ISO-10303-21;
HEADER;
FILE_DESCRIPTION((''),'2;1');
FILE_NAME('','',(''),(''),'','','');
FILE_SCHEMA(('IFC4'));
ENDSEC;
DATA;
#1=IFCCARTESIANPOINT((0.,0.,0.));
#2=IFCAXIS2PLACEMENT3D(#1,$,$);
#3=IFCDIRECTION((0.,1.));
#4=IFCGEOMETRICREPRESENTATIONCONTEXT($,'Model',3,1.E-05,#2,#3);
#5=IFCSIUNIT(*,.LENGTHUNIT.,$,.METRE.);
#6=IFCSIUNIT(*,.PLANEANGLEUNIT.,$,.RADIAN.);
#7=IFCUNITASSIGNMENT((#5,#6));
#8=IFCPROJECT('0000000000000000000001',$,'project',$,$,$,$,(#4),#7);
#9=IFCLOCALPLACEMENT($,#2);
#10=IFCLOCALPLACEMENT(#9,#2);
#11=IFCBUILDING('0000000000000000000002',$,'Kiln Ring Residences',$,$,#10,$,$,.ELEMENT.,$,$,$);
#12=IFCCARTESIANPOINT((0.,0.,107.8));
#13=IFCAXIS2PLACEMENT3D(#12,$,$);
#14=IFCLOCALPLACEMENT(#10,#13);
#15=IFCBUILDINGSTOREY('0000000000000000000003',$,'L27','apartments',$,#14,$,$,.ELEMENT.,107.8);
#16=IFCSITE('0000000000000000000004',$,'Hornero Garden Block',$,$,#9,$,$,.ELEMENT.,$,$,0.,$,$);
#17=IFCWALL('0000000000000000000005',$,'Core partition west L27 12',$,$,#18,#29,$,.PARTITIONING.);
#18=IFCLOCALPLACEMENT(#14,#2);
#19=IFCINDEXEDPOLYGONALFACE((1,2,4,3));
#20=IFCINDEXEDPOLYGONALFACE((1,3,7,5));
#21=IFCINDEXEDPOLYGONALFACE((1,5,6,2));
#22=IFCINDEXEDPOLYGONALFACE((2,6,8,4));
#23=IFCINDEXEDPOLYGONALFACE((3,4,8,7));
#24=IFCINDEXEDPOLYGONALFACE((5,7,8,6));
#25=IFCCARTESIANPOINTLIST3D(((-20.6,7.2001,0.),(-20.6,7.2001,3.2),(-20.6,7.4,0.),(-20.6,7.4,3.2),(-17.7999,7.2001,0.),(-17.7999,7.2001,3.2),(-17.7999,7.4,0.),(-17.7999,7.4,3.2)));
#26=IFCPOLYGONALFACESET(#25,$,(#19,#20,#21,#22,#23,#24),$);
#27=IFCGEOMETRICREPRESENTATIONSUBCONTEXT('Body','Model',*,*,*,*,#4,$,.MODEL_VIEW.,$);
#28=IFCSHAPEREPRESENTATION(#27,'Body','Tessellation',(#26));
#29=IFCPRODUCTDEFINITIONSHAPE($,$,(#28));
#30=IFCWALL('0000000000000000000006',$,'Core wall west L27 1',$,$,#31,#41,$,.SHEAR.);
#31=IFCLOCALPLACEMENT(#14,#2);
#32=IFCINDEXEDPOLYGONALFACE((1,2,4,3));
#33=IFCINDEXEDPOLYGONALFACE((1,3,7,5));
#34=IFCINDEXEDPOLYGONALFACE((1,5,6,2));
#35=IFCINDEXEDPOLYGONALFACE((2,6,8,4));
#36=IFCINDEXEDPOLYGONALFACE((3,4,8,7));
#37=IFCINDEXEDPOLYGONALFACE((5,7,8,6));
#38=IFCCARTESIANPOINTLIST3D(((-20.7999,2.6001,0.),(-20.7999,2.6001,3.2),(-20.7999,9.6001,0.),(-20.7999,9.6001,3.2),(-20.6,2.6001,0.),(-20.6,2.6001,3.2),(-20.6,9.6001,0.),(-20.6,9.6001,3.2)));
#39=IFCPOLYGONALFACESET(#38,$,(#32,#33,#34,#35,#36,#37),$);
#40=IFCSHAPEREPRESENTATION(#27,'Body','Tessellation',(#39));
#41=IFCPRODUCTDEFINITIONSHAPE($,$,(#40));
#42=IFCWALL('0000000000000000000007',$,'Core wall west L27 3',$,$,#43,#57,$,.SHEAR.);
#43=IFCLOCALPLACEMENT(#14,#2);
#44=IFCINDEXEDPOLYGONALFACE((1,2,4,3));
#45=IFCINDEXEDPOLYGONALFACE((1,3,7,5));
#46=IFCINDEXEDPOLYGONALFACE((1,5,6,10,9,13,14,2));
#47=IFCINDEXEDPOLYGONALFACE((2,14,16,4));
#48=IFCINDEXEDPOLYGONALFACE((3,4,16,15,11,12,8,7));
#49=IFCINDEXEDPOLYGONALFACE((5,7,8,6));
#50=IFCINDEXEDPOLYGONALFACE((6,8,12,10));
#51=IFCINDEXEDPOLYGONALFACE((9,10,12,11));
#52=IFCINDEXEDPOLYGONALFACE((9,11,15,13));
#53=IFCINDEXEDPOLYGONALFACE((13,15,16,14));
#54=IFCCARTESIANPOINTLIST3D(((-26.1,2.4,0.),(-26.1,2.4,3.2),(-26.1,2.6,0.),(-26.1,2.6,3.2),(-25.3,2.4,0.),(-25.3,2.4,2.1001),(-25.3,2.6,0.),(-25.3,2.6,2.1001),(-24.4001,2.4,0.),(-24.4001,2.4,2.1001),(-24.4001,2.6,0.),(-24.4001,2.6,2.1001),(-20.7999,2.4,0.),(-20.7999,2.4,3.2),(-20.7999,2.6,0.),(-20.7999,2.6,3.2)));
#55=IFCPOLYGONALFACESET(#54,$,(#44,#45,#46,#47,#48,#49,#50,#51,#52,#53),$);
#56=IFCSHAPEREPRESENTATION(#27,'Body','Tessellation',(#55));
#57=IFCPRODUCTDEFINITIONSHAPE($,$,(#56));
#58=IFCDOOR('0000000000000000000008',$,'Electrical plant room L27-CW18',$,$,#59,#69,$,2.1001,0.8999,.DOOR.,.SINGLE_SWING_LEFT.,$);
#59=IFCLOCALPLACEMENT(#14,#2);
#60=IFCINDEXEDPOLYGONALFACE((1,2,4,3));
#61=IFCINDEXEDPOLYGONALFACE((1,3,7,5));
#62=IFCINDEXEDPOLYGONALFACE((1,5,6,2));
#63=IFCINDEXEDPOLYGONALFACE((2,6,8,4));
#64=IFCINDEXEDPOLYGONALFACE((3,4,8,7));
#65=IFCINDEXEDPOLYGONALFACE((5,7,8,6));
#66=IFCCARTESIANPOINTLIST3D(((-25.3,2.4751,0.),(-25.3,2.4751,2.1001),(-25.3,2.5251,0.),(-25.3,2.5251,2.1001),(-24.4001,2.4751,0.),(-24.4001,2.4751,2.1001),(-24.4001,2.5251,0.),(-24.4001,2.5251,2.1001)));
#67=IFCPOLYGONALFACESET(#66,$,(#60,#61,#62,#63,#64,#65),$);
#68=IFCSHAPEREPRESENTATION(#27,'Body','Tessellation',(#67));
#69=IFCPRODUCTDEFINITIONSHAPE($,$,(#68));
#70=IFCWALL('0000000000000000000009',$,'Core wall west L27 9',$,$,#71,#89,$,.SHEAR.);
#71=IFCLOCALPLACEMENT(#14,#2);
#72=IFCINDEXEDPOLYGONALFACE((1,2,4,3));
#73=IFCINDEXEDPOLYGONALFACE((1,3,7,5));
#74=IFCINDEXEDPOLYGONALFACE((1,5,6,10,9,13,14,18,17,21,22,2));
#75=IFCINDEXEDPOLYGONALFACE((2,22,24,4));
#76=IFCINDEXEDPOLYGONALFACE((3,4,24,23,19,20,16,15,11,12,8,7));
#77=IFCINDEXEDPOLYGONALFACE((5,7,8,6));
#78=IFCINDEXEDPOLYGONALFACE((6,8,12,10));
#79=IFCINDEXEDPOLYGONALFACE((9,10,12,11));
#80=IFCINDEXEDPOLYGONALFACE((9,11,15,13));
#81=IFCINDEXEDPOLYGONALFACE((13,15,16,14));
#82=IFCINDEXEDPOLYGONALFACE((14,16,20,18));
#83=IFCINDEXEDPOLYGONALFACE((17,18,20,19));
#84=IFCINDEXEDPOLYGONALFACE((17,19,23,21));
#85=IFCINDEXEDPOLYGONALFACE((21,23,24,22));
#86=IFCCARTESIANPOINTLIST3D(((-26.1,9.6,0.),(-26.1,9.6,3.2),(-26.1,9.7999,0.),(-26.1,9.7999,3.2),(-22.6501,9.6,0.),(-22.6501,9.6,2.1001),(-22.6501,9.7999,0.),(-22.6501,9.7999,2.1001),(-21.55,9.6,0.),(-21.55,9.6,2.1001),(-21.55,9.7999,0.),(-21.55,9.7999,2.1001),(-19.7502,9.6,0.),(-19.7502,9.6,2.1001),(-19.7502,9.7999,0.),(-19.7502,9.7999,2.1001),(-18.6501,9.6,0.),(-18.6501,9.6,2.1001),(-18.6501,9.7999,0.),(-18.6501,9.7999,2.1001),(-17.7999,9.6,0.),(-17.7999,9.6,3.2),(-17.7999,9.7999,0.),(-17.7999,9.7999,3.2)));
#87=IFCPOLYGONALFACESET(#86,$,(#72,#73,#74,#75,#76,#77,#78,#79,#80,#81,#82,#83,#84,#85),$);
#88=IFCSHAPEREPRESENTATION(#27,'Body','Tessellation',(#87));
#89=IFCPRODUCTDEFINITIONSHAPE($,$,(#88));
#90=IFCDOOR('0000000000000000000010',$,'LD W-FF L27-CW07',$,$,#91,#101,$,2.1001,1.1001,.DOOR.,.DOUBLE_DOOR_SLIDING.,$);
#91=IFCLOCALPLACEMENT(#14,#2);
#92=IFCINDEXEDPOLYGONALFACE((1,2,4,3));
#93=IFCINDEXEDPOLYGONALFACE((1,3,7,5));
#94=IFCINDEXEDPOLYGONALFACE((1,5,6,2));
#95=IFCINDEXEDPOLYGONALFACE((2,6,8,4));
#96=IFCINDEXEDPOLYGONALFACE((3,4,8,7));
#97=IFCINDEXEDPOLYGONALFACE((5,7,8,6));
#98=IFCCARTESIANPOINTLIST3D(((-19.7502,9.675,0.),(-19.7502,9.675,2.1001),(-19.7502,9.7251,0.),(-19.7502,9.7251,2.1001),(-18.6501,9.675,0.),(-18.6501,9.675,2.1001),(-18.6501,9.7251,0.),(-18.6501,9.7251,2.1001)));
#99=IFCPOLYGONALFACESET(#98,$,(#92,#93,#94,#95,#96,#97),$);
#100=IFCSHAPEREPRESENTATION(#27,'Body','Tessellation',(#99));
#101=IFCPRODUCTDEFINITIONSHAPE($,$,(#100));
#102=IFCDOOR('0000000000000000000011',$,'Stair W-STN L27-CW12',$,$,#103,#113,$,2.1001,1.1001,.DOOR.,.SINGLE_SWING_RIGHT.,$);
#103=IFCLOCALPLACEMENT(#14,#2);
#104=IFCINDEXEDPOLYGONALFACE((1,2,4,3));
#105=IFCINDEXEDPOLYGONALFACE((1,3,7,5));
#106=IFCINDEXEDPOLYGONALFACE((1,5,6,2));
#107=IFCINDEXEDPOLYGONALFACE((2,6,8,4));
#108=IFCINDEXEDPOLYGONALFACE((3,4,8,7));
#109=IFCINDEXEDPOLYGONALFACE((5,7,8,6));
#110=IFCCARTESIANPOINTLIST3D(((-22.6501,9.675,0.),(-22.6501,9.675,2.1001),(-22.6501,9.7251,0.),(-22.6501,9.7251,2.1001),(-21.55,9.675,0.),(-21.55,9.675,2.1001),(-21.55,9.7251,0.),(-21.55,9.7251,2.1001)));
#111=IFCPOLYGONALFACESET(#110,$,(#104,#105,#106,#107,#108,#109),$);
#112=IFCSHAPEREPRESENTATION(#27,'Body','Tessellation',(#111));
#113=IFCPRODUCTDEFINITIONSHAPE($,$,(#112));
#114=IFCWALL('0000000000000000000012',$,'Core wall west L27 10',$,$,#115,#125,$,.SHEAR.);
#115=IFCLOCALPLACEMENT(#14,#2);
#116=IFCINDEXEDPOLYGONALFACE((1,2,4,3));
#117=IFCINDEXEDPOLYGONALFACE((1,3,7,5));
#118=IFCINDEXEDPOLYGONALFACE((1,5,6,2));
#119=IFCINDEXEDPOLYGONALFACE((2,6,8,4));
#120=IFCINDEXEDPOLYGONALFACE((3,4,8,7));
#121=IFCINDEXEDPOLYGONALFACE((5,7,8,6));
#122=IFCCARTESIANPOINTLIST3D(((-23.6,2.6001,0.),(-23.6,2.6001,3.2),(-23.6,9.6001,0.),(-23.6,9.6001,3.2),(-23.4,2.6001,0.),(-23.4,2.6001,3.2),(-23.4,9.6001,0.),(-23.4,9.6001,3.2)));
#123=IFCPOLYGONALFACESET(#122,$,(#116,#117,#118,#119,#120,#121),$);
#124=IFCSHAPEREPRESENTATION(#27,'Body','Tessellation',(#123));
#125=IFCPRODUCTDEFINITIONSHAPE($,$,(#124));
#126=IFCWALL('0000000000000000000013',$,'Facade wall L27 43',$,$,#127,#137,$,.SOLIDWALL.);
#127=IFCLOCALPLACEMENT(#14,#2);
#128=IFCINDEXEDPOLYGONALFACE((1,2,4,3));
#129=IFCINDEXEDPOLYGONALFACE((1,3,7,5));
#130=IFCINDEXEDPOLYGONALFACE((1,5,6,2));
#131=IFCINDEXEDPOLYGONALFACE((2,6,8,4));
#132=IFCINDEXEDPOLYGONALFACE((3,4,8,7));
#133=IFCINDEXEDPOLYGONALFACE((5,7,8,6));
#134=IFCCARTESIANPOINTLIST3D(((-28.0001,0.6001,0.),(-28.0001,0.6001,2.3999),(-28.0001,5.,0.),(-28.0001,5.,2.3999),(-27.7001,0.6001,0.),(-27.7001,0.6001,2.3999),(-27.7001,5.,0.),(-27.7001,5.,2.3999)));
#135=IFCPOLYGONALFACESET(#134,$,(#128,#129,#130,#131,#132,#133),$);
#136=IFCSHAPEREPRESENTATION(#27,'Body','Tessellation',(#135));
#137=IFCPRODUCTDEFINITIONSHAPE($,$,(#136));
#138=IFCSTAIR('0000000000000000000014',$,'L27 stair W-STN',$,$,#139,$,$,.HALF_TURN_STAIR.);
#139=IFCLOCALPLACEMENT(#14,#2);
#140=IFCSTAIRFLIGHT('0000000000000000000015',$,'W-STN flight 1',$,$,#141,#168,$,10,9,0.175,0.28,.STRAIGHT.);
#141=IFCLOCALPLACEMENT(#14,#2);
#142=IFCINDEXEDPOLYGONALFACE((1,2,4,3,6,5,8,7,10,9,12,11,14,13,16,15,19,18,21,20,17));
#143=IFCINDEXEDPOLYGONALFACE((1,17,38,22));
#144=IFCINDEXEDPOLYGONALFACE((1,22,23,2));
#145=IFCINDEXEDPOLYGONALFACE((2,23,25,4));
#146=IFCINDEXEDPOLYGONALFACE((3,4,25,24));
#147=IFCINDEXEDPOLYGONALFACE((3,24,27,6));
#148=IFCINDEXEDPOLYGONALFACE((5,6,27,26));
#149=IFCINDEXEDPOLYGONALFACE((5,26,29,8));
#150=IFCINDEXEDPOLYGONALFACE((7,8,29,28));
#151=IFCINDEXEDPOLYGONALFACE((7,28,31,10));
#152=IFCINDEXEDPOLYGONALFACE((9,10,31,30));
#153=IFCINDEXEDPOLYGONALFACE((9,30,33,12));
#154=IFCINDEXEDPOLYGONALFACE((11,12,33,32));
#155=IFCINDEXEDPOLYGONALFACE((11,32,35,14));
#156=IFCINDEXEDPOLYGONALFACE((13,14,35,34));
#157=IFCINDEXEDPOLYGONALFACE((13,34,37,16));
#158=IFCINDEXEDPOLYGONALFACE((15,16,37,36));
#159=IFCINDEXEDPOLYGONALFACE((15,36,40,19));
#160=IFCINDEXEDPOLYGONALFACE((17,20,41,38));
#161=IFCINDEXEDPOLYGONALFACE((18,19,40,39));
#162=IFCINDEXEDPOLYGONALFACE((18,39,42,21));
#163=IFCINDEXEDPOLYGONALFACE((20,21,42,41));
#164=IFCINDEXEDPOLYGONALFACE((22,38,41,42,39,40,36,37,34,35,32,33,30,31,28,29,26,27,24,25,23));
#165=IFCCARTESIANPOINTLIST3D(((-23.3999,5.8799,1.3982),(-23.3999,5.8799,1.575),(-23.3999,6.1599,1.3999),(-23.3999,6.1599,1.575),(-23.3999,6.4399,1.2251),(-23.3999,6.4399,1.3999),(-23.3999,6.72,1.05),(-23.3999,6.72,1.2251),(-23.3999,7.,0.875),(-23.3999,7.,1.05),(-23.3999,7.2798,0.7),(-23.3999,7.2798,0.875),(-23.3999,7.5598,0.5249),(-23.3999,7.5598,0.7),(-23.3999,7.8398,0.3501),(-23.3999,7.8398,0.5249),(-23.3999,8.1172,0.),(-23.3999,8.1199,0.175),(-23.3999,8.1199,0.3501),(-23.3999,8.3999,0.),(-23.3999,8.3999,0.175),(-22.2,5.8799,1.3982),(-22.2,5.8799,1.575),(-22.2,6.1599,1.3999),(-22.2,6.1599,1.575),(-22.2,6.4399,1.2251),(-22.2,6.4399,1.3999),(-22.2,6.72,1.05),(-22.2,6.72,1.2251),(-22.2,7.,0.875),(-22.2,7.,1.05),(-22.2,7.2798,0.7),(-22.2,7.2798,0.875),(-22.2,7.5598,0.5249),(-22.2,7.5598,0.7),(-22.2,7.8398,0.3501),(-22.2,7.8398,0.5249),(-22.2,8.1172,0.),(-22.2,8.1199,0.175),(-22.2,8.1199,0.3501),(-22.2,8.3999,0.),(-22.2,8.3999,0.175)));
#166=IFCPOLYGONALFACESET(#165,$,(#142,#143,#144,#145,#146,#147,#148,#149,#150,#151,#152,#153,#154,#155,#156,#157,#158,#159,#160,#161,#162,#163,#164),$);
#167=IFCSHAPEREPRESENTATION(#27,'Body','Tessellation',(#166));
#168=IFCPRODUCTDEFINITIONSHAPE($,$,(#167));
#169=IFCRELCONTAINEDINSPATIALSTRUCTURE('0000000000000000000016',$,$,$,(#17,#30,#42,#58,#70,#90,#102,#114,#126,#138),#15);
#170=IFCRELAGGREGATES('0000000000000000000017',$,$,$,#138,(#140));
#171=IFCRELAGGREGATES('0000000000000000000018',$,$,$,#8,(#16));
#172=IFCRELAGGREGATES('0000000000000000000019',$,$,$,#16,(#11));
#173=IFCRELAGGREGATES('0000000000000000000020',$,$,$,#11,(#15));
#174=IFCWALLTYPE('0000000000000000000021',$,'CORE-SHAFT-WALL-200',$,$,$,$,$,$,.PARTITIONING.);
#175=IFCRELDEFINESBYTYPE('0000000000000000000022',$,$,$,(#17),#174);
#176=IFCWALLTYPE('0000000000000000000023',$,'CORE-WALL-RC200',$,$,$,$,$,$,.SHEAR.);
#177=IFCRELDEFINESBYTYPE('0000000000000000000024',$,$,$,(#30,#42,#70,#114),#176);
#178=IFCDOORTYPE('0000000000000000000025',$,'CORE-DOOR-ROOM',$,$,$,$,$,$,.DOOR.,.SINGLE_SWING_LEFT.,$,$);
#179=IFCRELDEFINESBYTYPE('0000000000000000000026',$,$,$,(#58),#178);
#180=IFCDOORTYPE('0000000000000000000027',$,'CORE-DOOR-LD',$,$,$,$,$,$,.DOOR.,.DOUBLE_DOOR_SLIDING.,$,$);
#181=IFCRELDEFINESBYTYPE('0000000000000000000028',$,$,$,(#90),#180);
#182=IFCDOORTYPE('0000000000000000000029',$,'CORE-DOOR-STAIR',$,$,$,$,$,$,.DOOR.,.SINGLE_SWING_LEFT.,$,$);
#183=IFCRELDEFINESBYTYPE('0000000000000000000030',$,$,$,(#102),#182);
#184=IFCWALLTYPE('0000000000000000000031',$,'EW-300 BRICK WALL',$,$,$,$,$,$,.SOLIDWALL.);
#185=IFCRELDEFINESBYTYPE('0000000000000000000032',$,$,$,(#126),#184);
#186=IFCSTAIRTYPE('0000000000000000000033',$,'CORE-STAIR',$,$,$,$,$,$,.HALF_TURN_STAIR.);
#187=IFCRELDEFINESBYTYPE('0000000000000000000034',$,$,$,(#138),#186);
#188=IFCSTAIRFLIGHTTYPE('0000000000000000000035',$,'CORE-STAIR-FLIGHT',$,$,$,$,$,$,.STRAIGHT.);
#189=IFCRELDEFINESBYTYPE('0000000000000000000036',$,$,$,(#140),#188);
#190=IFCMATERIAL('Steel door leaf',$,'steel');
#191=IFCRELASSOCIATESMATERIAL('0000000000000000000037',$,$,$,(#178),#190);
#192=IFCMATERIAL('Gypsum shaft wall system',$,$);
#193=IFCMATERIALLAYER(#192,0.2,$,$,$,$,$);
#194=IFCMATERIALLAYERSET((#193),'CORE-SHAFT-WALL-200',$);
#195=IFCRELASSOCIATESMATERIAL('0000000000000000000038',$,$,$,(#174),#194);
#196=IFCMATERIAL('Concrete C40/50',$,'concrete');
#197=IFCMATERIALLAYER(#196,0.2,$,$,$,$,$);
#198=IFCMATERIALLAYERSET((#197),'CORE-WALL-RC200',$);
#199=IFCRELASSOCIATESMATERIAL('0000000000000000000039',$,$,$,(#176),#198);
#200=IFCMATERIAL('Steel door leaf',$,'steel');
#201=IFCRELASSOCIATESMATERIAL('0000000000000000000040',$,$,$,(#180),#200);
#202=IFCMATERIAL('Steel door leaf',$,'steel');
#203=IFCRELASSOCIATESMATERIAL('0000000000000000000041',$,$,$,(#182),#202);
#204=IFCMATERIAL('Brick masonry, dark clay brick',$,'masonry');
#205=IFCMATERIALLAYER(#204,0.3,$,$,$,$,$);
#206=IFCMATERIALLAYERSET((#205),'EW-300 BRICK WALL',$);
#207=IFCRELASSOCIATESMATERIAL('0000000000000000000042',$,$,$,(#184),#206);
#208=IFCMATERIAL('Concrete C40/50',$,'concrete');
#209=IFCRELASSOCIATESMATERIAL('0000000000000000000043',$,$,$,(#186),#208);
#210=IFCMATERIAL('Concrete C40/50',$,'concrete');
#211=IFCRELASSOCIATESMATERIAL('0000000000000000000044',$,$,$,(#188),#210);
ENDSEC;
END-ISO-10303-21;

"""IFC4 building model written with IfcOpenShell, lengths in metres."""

from ifc_helpers import new_model, si_unit, direction, frame, frame_2d, origin, place, context, subcontext, project, spatial, polyline, rectangle, outline, extrude, material, layer, layer_set, type_object, element, fill, aggregate, save


model = new_model("IFC4")

# Units and contexts
model_context = context("Model", 3, precision=1e-05, world=origin(), true_north=direction((0.0, 1.0)))
body_context = subcontext(model_context, "Body", "Model", "MODEL_VIEW")
ifc_project = project(units=[si_unit("LENGTHUNIT", "METRE"), si_unit("PLANEANGLEUNIT", "RADIAN")], contexts=[model_context])

# Site, building, storey
site_placement = place(None, origin())
site = spatial("IfcSite", under=ifc_project, at=site_placement, Name="Hornero Garden Block", CompositionType="ELEMENT", RefElevation=0.0)
building_placement = place(site_placement, origin())
building = spatial("IfcBuilding", under=site, at=building_placement, Name="Kiln Ring Residences", CompositionType="ELEMENT")
storey_placement = place(building_placement, frame((0.0, 0.0, 107.8)))
storey = spatial("IfcBuildingStorey", under=building, at=storey_placement, Name="L27", Description="apartments", CompositionType="ELEMENT", Elevation=107.8)

# Shared definitions
ifc_material_1 = material(Name="Steel door leaf", Category="steel")
door_type_1 = type_object("IfcDoorType", Name="CORE-DOOR-ROOM", OperationType="SINGLE_SWING_LEFT", PredefinedType="DOOR", material=ifc_material_1)

# Shared definitions
ifc_material_2 = material(Name="Gypsum shaft wall system")
ifc_layer_1 = layer(ifc_material_2, 0.2)
ifc_layer_set_1 = layer_set([ifc_layer_1], Name="CORE-SHAFT-WALL-200")
wall_type_1 = type_object("IfcWallType", Name="CORE-SHAFT-WALL-200", PredefinedType="PARTITIONING", material=ifc_layer_set_1)

# Walls
wall_1_placement = place(storey_placement, frame((-17.8, 7.3, 0.0), z_axis=(0.0, 0.0, 1.0), x_axis=(-1.0, 0.0, 0.0)))
element("IfcWall", 1, at=wall_1_placement, inside=storey, type_object=wall_type_1, Name="Core partition west L27 12", PredefinedType="PARTITIONING", context=body_context, shape_type="SweptSolid", body=[
    extrude(rectangle(XDim=2.8, YDim=0.2, at=frame_2d((1.3999, 0.0))), origin(), (0.0, 0.0, 1.0), 3.2),
])
ifc_material_3 = material(Name="Concrete C40/50", Category="concrete")
ifc_layer_2 = layer(ifc_material_3, 0.2)
ifc_layer_set_2 = layer_set([ifc_layer_2], Name="CORE-WALL-RC200")
wall_type_2 = type_object("IfcWallType", Name="CORE-WALL-RC200", PredefinedType="SHEAR", material=ifc_layer_set_2)
wall_2_placement = place(storey_placement, frame((-20.7, 2.6001, 0.0), z_axis=(0.0, 0.0, 1.0), x_axis=(0.0, 1.0, 0.0)))
element("IfcWall", 2, at=wall_2_placement, inside=storey, type_object=wall_type_2, Name="Core wall west L27 1", PredefinedType="SHEAR", context=body_context, shape_type="SweptSolid", body=[
    extrude(rectangle(XDim=7.0, YDim=0.2, at=frame_2d((3.5, 0.0))), origin(), (0.0, 0.0, 1.0), 3.2),
])

# Wall, opening, door
wall_3_placement = place(storey_placement, frame((-20.8, 2.5, 0.0), z_axis=(0.0, 0.0, 1.0), x_axis=(-1.0, 0.0, 0.0)))
wall_3 = element("IfcWall", 3, at=wall_3_placement, inside=storey, type_object=wall_type_2, Name="Core wall west L27 3", PredefinedType="SHEAR", context=body_context, shape_type="SweptSolid", body=[
    extrude(rectangle(XDim=5.3, YDim=0.2, at=frame_2d((2.6499, 0.0))), origin(), (0.0, 0.0, 1.0), 3.2),
])
opening_1_placement = place(wall_3_placement, frame((3.6001, 0.0, 0.0)))
opening_1 = element("IfcOpeningElement", 4, at=opening_1_placement, cuts=wall_3, PredefinedType="OPENING", context=body_context, shape_type="SweptSolid", body=[
    extrude(rectangle(XDim=0.8999, YDim=2.1001, at=frame_2d((0.45, 1.05))), frame((0.0, 0.1099, 0.0), z_axis=(0.0, -1.0, 0.0), x_axis=(1.0, 0.0, 0.0)), (0.0, 0.0, 1.0), 0.22),
])
door_1_placement = place(opening_1_placement, origin())
door_1 = element("IfcDoor", 5, at=door_1_placement, inside=storey, type_object=door_type_1, Name="Electrical plant room L27-CW18", OperationType="SINGLE_SWING_LEFT", OverallHeight=2.1001, OverallWidth=0.8999, PredefinedType="DOOR", context=body_context, shape_type="SweptSolid", body=[
    extrude(rectangle(XDim=0.8999, YDim=2.1001, at=frame_2d((0.45, 1.05))), frame((0.0, 0.0249, 0.0), z_axis=(0.0, -1.0, 0.0), x_axis=(1.0, 0.0, 0.0)), (0.0, 0.0, 1.0), 0.05),
])
fill(opening_1, door_1)

# Wall, openings, doors
wall_4_placement = place(storey_placement, frame((-17.8, 9.7, 0.0), z_axis=(0.0, 0.0, 1.0), x_axis=(-1.0, 0.0, 0.0)))
wall_4 = element("IfcWall", 6, at=wall_4_placement, inside=storey, type_object=wall_type_2, Name="Core wall west L27 9", PredefinedType="SHEAR", context=body_context, shape_type="SweptSolid", body=[
    extrude(rectangle(XDim=8.3, YDim=0.2, at=frame_2d((4.1499, 0.0))), origin(), (0.0, 0.0, 1.0), 3.2),
])
opening_2_placement = place(wall_4_placement, frame((0.8501, 0.0, 0.0)))
opening_2 = element("IfcOpeningElement", 7, at=opening_2_placement, cuts=wall_4, PredefinedType="OPENING", context=body_context, shape_type="SweptSolid", body=[
    extrude(rectangle(XDim=1.1001, YDim=2.1001, at=frame_2d((0.55, 1.05))), frame((0.0, 0.1099, 0.0), z_axis=(0.0, -1.0, 0.0), x_axis=(1.0, 0.0, 0.0)), (0.0, 0.0, 1.0), 0.22),
])
opening_3_placement = place(wall_4_placement, frame((3.75, 0.0, 0.0)))
opening_3 = element("IfcOpeningElement", 8, at=opening_3_placement, cuts=wall_4, PredefinedType="OPENING", context=body_context, shape_type="SweptSolid", body=[
    extrude(rectangle(XDim=1.1001, YDim=2.1001, at=frame_2d((0.55, 1.05))), frame((0.0, 0.1099, 0.0), z_axis=(0.0, -1.0, 0.0), x_axis=(1.0, 0.0, 0.0)), (0.0, 0.0, 1.0), 0.22),
])
ifc_material_4 = material(Name="Steel door leaf", Category="steel")
door_type_2 = type_object("IfcDoorType", Name="CORE-DOOR-LD", OperationType="DOUBLE_DOOR_SLIDING", PredefinedType="DOOR", material=ifc_material_4)
door_2_placement = place(opening_2_placement, origin())
door_2 = element("IfcDoor", 9, at=door_2_placement, inside=storey, type_object=door_type_2, Name="LD W-FF L27-CW07", OperationType="DOUBLE_DOOR_SLIDING", OverallHeight=2.1001, OverallWidth=1.1001, PredefinedType="DOOR", context=body_context, shape_type="SweptSolid", body=[
    extrude(rectangle(XDim=1.1001, YDim=2.1001, at=frame_2d((0.55, 1.05))), frame((0.0, 0.0249, 0.0), z_axis=(0.0, -1.0, 0.0), x_axis=(1.0, 0.0, 0.0)), (0.0, 0.0, 1.0), 0.05),
])
fill(opening_2, door_2)
ifc_material_5 = material(Name="Steel door leaf", Category="steel")
door_type_3 = type_object("IfcDoorType", Name="CORE-DOOR-STAIR", OperationType="SINGLE_SWING_LEFT", PredefinedType="DOOR", material=ifc_material_5)
door_3_placement = place(opening_3_placement, origin())
door_3 = element("IfcDoor", 10, at=door_3_placement, inside=storey, type_object=door_type_3, Name="Stair W-STN L27-CW12", OperationType="SINGLE_SWING_RIGHT", OverallHeight=2.1001, OverallWidth=1.1001, PredefinedType="DOOR", context=body_context, shape_type="SweptSolid", body=[
    extrude(rectangle(XDim=1.1001, YDim=2.1001, at=frame_2d((0.55, 1.05))), frame((0.0, 0.0249, 0.0), z_axis=(0.0, -1.0, 0.0), x_axis=(1.0, 0.0, 0.0)), (0.0, 0.0, 1.0), 0.05),
])
fill(opening_3, door_3)

# Walls
wall_5_placement = place(storey_placement, frame((-23.5, 2.6001, 0.0), z_axis=(0.0, 0.0, 1.0), x_axis=(0.0, 1.0, 0.0)))
element("IfcWall", 11, at=wall_5_placement, inside=storey, type_object=wall_type_2, Name="Core wall west L27 10", PredefinedType="SHEAR", context=body_context, shape_type="SweptSolid", body=[
    extrude(rectangle(XDim=7.0, YDim=0.2, at=frame_2d((3.5, 0.0))), origin(), (0.0, 0.0, 1.0), 3.2),
])
ifc_material_6 = material(Name="Brick masonry, dark clay brick", Category="masonry")
ifc_layer_3 = layer(ifc_material_6, 0.3)
ifc_layer_set_3 = layer_set([ifc_layer_3], Name="EW-300 BRICK WALL")
wall_type_3 = type_object("IfcWallType", Name="EW-300 BRICK WALL", PredefinedType="SOLIDWALL", material=ifc_layer_set_3)
wall_6_placement = place(storey_placement, frame((-27.8501, 5.0, 0.0), z_axis=(0.0, 0.0, 1.0), x_axis=(0.0, -1.0, 0.0)))
element("IfcWall", 12, at=wall_6_placement, inside=storey, type_object=wall_type_3, Name="Facade wall L27 43", PredefinedType="SOLIDWALL", context=body_context, shape_type="SweptSolid", body=[
    extrude(rectangle(XDim=4.3999, YDim=0.3, at=frame_2d((2.2, 0.0))), origin(), (0.0, 0.0, 1.0), 2.3999),
])

# Stair, stair flight
ifc_material_7 = material(Name="Concrete C40/50", Category="concrete")
stair_type = type_object("IfcStairType", Name="CORE-STAIR", PredefinedType="HALF_TURN_STAIR", material=ifc_material_7)
stair_placement = place(storey_placement, origin())
stair = element("IfcStair", 13, at=stair_placement, inside=storey, type_object=stair_type, Name="L27 stair W-STN", PredefinedType="HALF_TURN_STAIR")
ifc_material_8 = material(Name="Concrete C40/50", Category="concrete")
stair_flight_type = type_object("IfcStairFlightType", Name="CORE-STAIR-FLIGHT", PredefinedType="STRAIGHT", material=ifc_material_8)
stair_flight_1_placement = place(storey_placement, frame((-22.8, 8.3999, 0.0), z_axis=(0.0, 0.0, 1.0), x_axis=(0.0, -1.0, 0.0)))
stair_flight_1 = element("IfcStairFlight", 14, at=stair_flight_1_placement, type_object=stair_flight_type, Name="W-STN flight 1", NumberOfRisers=10, NumberOfTreads=9, PredefinedType="STRAIGHT", RiserHeight=0.175, TreadLength=0.28, context=body_context, shape_type="SweptSolid", body=[
    extrude(outline(polyline([(0.0, 0.0), (0.0, 0.175), (0.28, 0.175), (0.28, 0.3501), (0.5601, 0.3501), (0.5601, 0.5249), (0.8401, 0.5249), (0.8401, 0.7), (1.1201, 0.7), (1.1201, 0.875), (1.3999, 0.875), (1.3999, 1.05), (1.6799, 1.05), (1.6799, 1.2251), (1.96, 1.2251), (1.96, 1.3999), (2.24, 1.3999), (2.24, 1.575), (2.52, 1.575), (2.52, 1.75), (2.52, 1.3982), (0.2827, 0.0), (0.0, 0.0)])), frame((0.0, 0.6001, 0.0), z_axis=(0.0, -1.0, 0.0), x_axis=(1.0, 0.0, 0.0)), (0.0, 0.0, 1.0), 1.2),
])
aggregate(stair, [stair_flight_1])

save(model, "model.ifc")
